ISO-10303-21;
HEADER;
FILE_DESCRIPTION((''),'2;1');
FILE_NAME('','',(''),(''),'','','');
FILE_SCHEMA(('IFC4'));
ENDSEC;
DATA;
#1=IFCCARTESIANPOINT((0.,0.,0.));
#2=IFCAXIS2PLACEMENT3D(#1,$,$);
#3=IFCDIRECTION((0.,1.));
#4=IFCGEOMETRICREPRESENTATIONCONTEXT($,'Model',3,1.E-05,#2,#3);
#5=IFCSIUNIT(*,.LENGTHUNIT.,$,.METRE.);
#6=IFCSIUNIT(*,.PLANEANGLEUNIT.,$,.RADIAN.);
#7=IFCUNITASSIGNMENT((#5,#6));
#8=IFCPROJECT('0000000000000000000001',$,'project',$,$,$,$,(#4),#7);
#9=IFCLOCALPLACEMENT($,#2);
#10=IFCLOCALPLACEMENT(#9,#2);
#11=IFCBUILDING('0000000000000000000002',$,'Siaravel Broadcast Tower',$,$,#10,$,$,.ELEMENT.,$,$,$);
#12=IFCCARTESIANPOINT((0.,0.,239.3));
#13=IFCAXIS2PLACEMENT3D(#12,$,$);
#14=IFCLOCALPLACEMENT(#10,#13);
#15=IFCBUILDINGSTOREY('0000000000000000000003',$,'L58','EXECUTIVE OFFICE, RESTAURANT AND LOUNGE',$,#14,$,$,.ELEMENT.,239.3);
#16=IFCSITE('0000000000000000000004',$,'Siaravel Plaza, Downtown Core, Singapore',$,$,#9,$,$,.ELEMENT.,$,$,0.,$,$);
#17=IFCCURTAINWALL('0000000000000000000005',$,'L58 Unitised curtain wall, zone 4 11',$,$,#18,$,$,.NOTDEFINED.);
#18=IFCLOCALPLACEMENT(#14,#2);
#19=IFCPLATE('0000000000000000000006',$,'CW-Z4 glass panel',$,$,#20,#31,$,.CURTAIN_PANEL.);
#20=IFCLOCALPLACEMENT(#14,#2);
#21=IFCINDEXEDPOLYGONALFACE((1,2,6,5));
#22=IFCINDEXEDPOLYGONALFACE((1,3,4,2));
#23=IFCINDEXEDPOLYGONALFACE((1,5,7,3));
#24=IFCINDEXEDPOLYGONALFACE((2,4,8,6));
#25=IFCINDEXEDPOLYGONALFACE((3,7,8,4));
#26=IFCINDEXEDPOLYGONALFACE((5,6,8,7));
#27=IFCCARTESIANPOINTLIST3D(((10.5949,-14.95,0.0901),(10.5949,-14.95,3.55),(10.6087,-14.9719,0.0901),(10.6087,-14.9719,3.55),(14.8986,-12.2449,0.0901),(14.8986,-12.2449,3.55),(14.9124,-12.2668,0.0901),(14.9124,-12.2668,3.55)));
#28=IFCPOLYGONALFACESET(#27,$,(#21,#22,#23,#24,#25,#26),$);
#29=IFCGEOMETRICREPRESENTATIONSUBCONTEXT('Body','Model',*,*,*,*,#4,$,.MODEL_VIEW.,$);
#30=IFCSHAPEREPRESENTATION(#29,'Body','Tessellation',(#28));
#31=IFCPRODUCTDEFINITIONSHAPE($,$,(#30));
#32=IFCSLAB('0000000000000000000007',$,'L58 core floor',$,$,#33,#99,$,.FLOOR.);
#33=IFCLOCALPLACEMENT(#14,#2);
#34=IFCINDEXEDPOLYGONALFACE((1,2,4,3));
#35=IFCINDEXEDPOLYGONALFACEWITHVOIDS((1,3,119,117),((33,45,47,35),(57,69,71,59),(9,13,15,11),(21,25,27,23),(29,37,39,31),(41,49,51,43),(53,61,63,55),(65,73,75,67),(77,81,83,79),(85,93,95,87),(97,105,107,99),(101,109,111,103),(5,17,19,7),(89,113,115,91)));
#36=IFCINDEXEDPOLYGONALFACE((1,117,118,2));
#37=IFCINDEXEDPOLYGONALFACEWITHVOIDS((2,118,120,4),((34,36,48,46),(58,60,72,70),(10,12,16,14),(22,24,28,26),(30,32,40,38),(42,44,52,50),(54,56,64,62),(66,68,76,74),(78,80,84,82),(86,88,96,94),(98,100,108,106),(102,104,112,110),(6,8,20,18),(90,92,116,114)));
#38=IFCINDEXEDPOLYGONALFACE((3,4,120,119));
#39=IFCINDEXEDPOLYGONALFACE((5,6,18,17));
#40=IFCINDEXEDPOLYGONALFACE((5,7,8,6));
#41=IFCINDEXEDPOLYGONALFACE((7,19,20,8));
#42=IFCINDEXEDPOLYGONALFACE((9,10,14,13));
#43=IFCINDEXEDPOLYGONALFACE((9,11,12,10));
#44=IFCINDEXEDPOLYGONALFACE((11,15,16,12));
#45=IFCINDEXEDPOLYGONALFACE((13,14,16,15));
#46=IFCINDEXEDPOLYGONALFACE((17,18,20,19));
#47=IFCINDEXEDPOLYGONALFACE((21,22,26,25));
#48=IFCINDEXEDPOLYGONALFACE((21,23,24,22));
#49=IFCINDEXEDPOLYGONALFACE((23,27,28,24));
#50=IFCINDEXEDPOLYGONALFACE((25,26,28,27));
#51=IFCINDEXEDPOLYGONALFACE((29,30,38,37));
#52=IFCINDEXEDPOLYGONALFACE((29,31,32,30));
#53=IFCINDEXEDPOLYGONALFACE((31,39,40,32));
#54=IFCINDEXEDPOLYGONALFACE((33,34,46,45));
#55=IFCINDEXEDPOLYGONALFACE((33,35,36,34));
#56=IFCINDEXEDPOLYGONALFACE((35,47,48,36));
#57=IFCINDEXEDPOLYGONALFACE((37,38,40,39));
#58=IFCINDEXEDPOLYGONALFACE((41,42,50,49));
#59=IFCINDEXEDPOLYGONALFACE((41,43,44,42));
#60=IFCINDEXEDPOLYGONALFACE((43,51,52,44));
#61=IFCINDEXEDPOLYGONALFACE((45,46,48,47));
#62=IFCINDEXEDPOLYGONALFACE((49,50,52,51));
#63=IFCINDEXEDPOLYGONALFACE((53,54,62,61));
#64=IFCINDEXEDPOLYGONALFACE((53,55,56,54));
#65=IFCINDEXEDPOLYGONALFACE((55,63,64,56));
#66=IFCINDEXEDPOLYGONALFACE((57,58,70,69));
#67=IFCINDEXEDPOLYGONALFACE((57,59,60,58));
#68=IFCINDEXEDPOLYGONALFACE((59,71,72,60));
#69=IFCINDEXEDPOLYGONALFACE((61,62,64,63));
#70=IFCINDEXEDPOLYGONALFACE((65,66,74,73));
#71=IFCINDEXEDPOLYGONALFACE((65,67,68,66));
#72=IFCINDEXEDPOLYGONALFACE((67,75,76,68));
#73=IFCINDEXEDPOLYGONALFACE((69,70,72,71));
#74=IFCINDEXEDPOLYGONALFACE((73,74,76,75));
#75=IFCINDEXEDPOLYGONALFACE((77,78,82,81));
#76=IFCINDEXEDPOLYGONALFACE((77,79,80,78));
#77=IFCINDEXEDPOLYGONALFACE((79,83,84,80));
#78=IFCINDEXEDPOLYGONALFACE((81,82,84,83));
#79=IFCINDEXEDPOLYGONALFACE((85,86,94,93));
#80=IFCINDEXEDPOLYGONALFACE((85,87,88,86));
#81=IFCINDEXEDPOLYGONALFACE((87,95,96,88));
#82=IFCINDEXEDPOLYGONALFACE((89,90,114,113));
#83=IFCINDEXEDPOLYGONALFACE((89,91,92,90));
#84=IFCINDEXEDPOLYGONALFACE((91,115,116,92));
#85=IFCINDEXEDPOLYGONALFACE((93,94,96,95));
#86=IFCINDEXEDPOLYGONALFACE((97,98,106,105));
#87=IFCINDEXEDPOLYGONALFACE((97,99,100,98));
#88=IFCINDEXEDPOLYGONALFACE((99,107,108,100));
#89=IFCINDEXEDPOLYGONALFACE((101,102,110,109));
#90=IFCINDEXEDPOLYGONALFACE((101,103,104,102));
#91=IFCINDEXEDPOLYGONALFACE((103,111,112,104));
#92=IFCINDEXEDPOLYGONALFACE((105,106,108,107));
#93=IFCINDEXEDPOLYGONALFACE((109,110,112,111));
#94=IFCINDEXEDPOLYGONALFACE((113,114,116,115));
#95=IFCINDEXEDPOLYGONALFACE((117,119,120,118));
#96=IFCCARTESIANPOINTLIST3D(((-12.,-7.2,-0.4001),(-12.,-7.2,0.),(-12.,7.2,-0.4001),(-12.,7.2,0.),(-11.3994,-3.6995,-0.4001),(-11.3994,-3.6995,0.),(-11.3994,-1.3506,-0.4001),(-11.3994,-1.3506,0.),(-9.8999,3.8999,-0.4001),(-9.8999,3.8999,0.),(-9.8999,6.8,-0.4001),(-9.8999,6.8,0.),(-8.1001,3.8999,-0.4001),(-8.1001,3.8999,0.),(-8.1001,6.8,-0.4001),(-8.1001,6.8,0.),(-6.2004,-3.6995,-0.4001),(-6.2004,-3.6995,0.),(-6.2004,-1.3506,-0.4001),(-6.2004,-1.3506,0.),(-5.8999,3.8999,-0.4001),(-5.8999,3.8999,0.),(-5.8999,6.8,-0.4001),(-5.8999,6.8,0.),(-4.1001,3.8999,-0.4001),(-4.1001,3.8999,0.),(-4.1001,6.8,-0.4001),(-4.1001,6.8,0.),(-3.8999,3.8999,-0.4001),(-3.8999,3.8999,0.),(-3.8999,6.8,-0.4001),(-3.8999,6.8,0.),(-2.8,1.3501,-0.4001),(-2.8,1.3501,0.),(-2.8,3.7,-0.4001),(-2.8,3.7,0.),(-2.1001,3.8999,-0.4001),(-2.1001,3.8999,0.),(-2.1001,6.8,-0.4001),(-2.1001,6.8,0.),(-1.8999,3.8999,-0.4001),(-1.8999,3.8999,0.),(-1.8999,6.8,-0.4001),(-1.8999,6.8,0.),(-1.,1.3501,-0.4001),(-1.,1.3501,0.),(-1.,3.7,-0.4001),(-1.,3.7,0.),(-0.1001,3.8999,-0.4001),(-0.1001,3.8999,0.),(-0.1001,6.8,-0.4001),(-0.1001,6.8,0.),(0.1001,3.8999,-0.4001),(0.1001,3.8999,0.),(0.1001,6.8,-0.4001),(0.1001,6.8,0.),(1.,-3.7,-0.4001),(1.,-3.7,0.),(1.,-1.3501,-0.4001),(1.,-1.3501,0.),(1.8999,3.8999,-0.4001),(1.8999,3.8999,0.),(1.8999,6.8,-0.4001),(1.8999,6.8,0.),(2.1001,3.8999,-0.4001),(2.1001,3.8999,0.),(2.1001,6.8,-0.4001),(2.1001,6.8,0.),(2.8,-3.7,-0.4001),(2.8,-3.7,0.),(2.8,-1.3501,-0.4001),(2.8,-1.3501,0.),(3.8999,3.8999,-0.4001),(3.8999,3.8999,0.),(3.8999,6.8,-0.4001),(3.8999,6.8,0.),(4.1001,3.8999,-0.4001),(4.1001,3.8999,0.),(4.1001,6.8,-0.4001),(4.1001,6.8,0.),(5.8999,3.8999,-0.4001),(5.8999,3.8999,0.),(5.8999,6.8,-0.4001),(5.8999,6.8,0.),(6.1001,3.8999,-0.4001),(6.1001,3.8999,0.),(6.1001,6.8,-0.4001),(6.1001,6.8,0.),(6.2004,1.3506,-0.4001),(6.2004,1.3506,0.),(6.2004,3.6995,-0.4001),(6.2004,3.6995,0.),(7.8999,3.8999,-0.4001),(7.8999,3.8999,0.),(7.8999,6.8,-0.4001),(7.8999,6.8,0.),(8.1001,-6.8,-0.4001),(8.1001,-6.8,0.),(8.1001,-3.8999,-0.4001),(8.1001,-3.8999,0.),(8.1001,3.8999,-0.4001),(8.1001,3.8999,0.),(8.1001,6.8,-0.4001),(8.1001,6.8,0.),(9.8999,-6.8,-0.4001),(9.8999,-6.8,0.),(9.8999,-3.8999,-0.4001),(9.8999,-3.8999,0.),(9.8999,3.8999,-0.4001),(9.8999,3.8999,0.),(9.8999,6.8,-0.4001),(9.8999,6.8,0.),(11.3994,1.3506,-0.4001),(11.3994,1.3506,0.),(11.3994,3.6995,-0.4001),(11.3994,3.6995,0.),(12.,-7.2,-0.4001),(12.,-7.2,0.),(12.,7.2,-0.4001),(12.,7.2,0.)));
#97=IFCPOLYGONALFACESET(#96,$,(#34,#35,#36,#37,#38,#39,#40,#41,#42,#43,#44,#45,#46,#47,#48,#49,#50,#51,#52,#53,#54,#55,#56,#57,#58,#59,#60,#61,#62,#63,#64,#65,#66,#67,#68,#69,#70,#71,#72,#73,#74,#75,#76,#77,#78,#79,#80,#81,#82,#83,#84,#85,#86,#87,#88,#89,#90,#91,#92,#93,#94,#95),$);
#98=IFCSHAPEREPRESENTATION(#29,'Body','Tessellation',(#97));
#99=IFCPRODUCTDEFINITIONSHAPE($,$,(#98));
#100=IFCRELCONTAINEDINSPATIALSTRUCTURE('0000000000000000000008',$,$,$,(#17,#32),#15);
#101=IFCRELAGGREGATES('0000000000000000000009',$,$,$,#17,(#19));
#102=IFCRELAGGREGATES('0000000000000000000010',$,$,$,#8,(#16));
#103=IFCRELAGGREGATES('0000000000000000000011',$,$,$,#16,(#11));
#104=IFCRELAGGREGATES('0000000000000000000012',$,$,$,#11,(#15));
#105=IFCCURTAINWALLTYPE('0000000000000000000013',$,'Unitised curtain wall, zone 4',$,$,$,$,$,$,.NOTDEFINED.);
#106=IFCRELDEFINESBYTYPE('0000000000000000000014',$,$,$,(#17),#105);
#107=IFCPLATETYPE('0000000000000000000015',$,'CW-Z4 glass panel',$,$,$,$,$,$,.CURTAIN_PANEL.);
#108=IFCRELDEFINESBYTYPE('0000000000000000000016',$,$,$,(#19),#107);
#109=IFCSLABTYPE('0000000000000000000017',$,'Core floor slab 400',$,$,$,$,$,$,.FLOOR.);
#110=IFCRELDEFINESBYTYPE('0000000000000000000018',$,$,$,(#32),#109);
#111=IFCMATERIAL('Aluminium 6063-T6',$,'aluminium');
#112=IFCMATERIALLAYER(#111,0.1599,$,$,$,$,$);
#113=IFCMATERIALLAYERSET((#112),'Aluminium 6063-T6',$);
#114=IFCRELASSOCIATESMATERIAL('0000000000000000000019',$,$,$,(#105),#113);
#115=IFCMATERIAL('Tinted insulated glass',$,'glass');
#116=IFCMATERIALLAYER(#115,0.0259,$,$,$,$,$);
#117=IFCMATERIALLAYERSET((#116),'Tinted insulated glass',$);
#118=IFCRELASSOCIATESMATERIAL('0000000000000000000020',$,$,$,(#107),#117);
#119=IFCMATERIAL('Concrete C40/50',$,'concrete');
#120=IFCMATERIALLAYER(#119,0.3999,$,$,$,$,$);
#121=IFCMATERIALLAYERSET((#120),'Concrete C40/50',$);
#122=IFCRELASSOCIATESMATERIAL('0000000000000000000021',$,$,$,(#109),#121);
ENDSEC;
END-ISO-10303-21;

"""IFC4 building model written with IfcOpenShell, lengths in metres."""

from ifc_helpers import new_model, si_unit, direction, frame, origin, origin_2d, place, context, subcontext, project, spatial, polyline, rectangle, outline, extrude, material, layer, layer_set, type_object, element, aggregate, save


model = new_model("IFC4")

# Units and contexts
model_context = context("Model", 3, precision=1e-05, world=origin(), true_north=direction((0.0, 1.0)))
body_context = subcontext(model_context, "Body", "Model", "MODEL_VIEW")
ifc_project = project(units=[si_unit("LENGTHUNIT", "METRE"), si_unit("PLANEANGLEUNIT", "RADIAN")], contexts=[model_context])

# Site, building, storey
site_placement = place(None, origin())
site = spatial("IfcSite", under=ifc_project, at=site_placement, Name="Siaravel Plaza, Downtown Core, Singapore", CompositionType="ELEMENT", RefElevation=0.0)
building_placement = place(site_placement, origin())
building = spatial("IfcBuilding", under=site, at=building_placement, Name="Siaravel Broadcast Tower", CompositionType="ELEMENT")
storey_placement = place(building_placement, frame((0.0, 0.0, 239.3)))
storey = spatial("IfcBuildingStorey", under=building, at=storey_placement, Name="L58", Description="EXECUTIVE OFFICE, RESTAURANT AND LOUNGE", CompositionType="ELEMENT", Elevation=239.3)

# Shared definitions
ifc_material_1 = material(Name="Aluminium 6063-T6", Category="aluminium")
ifc_layer_1 = layer(ifc_material_1, 0.1599)
ifc_layer_set_1 = layer_set([ifc_layer_1], Name="Aluminium 6063-T6")
curtain_wall_type = type_object("IfcCurtainWallType", Name="Unitised curtain wall, zone 4", PredefinedType="NOTDEFINED", material=ifc_layer_set_1)

# Curtain wall, plate
curtain_wall_1_placement = place(storey_placement, origin())
curtain_wall_1 = element("IfcCurtainWall", 1, at=curtain_wall_1_placement, inside=storey, type_object=curtain_wall_type, Name="L58 Unitised curtain wall, zone 4 11", PredefinedType="NOTDEFINED")
ifc_material_2 = material(Name="Tinted insulated glass", Category="glass")
ifc_layer_2 = layer(ifc_material_2, 0.0259)
ifc_layer_set_2 = layer_set([ifc_layer_2], Name="Tinted insulated glass")
plate_type = type_object("IfcPlateType", Name="CW-Z4 glass panel", PredefinedType="CURTAIN_PANEL", material=ifc_layer_set_2)
plate_placement = place(storey_placement, frame((12.7537, -13.6084, 0.0901), z_axis=(0.0, 0.0, 1.0), x_axis=(0.84665, 0.53215, 0.0)))
plate = element("IfcPlate", 2, at=plate_placement, type_object=plate_type, Name="CW-Z4 glass panel", PredefinedType="CURTAIN_PANEL", context=body_context, shape_type="SweptSolid", body=[
    extrude(rectangle(XDim=5.0833, YDim=0.0259, at=origin_2d()), origin(), (0.0, 0.0, 1.0), 3.46),
])
aggregate(curtain_wall_1, [plate])

# Slab
ifc_material_3 = material(Name="Concrete C40/50", Category="concrete")
ifc_layer_3 = layer(ifc_material_3, 0.3999)
ifc_layer_set_3 = layer_set([ifc_layer_3], Name="Concrete C40/50")
slab_type_1 = type_object("IfcSlabType", Name="Core floor slab 400", PredefinedType="FLOOR", material=ifc_layer_set_3)
slab_1_placement = place(storey_placement, frame((0.0, 0.0, -0.4001)))
element("IfcSlab", 3, at=slab_1_placement, inside=storey, type_object=slab_type_1, Name="L58 core floor", PredefinedType="FLOOR", context=body_context, shape_type="SweptSolid", body=[
    extrude(outline(polyline([(-12.0, -7.2), (-12.0, 7.2), (12.0, 7.2), (12.0, -7.2), (-12.0, -7.2)]), holes=[polyline([(11.3994, 1.3506), (11.3994, 3.6995), (6.2004, 3.6995), (6.2004, 1.3506), (11.3994, 1.3506)]), polyline([(8.1001, -3.8999), (8.1001, -6.8), (9.8999, -6.8), (9.8999, -3.8999), (8.1001, -3.8999)]), polyline([(9.8999, 6.8), (8.1001, 6.8), (8.1001, 3.8999), (9.8999, 3.8999), (9.8999, 6.8)]), polyline([(7.8999, 6.8), (6.1001, 6.8), (6.1001, 3.8999), (7.8999, 3.8999), (7.8999, 6.8)]), polyline([(5.8999, 6.8), (4.1001, 6.8), (4.1001, 3.8999), (5.8999, 3.8999), (5.8999, 6.8)]), polyline([(3.8999, 6.8), (2.1001, 6.8), (2.1001, 3.8999), (3.8999, 3.8999), (3.8999, 6.8)]), polyline([(2.8, -1.3501), (1.0, -1.3501), (1.0, -3.7), (2.8, -3.7), (2.8, -1.3501)]), polyline([(1.8999, 6.8), (0.1001, 6.8), (0.1001, 3.8999), (1.8999, 3.8999), (1.8999, 6.8)]), polyline([(-0.1001, 6.8), (-1.8999, 6.8), (-1.8999, 3.8999), (-0.1001, 3.8999), (-0.1001, 6.8)]), polyline([(-1.0, 3.7), (-2.8, 3.7), (-2.8, 1.3501), (-1.0, 1.3501), (-1.0, 3.7)]), polyline([(-2.1001, 6.8), (-3.8999, 6.8), (-3.8999, 3.8999), (-2.1001, 3.8999), (-2.1001, 6.8)]), polyline([(-4.1001, 6.8), (-5.8999, 6.8), (-5.8999, 3.8999), (-4.1001, 3.8999), (-4.1001, 6.8)]), polyline([(-11.3994, -3.6995), (-6.2004, -3.6995), (-6.2004, -1.3506), (-11.3994, -1.3506), (-11.3994, -3.6995)]), polyline([(-8.1001, 6.8), (-9.8999, 6.8), (-9.8999, 3.8999), (-8.1001, 3.8999), (-8.1001, 6.8)])]), origin(), (0.0, 0.0, 1.0), 0.4001),
])

save(model, "model.ifc")
